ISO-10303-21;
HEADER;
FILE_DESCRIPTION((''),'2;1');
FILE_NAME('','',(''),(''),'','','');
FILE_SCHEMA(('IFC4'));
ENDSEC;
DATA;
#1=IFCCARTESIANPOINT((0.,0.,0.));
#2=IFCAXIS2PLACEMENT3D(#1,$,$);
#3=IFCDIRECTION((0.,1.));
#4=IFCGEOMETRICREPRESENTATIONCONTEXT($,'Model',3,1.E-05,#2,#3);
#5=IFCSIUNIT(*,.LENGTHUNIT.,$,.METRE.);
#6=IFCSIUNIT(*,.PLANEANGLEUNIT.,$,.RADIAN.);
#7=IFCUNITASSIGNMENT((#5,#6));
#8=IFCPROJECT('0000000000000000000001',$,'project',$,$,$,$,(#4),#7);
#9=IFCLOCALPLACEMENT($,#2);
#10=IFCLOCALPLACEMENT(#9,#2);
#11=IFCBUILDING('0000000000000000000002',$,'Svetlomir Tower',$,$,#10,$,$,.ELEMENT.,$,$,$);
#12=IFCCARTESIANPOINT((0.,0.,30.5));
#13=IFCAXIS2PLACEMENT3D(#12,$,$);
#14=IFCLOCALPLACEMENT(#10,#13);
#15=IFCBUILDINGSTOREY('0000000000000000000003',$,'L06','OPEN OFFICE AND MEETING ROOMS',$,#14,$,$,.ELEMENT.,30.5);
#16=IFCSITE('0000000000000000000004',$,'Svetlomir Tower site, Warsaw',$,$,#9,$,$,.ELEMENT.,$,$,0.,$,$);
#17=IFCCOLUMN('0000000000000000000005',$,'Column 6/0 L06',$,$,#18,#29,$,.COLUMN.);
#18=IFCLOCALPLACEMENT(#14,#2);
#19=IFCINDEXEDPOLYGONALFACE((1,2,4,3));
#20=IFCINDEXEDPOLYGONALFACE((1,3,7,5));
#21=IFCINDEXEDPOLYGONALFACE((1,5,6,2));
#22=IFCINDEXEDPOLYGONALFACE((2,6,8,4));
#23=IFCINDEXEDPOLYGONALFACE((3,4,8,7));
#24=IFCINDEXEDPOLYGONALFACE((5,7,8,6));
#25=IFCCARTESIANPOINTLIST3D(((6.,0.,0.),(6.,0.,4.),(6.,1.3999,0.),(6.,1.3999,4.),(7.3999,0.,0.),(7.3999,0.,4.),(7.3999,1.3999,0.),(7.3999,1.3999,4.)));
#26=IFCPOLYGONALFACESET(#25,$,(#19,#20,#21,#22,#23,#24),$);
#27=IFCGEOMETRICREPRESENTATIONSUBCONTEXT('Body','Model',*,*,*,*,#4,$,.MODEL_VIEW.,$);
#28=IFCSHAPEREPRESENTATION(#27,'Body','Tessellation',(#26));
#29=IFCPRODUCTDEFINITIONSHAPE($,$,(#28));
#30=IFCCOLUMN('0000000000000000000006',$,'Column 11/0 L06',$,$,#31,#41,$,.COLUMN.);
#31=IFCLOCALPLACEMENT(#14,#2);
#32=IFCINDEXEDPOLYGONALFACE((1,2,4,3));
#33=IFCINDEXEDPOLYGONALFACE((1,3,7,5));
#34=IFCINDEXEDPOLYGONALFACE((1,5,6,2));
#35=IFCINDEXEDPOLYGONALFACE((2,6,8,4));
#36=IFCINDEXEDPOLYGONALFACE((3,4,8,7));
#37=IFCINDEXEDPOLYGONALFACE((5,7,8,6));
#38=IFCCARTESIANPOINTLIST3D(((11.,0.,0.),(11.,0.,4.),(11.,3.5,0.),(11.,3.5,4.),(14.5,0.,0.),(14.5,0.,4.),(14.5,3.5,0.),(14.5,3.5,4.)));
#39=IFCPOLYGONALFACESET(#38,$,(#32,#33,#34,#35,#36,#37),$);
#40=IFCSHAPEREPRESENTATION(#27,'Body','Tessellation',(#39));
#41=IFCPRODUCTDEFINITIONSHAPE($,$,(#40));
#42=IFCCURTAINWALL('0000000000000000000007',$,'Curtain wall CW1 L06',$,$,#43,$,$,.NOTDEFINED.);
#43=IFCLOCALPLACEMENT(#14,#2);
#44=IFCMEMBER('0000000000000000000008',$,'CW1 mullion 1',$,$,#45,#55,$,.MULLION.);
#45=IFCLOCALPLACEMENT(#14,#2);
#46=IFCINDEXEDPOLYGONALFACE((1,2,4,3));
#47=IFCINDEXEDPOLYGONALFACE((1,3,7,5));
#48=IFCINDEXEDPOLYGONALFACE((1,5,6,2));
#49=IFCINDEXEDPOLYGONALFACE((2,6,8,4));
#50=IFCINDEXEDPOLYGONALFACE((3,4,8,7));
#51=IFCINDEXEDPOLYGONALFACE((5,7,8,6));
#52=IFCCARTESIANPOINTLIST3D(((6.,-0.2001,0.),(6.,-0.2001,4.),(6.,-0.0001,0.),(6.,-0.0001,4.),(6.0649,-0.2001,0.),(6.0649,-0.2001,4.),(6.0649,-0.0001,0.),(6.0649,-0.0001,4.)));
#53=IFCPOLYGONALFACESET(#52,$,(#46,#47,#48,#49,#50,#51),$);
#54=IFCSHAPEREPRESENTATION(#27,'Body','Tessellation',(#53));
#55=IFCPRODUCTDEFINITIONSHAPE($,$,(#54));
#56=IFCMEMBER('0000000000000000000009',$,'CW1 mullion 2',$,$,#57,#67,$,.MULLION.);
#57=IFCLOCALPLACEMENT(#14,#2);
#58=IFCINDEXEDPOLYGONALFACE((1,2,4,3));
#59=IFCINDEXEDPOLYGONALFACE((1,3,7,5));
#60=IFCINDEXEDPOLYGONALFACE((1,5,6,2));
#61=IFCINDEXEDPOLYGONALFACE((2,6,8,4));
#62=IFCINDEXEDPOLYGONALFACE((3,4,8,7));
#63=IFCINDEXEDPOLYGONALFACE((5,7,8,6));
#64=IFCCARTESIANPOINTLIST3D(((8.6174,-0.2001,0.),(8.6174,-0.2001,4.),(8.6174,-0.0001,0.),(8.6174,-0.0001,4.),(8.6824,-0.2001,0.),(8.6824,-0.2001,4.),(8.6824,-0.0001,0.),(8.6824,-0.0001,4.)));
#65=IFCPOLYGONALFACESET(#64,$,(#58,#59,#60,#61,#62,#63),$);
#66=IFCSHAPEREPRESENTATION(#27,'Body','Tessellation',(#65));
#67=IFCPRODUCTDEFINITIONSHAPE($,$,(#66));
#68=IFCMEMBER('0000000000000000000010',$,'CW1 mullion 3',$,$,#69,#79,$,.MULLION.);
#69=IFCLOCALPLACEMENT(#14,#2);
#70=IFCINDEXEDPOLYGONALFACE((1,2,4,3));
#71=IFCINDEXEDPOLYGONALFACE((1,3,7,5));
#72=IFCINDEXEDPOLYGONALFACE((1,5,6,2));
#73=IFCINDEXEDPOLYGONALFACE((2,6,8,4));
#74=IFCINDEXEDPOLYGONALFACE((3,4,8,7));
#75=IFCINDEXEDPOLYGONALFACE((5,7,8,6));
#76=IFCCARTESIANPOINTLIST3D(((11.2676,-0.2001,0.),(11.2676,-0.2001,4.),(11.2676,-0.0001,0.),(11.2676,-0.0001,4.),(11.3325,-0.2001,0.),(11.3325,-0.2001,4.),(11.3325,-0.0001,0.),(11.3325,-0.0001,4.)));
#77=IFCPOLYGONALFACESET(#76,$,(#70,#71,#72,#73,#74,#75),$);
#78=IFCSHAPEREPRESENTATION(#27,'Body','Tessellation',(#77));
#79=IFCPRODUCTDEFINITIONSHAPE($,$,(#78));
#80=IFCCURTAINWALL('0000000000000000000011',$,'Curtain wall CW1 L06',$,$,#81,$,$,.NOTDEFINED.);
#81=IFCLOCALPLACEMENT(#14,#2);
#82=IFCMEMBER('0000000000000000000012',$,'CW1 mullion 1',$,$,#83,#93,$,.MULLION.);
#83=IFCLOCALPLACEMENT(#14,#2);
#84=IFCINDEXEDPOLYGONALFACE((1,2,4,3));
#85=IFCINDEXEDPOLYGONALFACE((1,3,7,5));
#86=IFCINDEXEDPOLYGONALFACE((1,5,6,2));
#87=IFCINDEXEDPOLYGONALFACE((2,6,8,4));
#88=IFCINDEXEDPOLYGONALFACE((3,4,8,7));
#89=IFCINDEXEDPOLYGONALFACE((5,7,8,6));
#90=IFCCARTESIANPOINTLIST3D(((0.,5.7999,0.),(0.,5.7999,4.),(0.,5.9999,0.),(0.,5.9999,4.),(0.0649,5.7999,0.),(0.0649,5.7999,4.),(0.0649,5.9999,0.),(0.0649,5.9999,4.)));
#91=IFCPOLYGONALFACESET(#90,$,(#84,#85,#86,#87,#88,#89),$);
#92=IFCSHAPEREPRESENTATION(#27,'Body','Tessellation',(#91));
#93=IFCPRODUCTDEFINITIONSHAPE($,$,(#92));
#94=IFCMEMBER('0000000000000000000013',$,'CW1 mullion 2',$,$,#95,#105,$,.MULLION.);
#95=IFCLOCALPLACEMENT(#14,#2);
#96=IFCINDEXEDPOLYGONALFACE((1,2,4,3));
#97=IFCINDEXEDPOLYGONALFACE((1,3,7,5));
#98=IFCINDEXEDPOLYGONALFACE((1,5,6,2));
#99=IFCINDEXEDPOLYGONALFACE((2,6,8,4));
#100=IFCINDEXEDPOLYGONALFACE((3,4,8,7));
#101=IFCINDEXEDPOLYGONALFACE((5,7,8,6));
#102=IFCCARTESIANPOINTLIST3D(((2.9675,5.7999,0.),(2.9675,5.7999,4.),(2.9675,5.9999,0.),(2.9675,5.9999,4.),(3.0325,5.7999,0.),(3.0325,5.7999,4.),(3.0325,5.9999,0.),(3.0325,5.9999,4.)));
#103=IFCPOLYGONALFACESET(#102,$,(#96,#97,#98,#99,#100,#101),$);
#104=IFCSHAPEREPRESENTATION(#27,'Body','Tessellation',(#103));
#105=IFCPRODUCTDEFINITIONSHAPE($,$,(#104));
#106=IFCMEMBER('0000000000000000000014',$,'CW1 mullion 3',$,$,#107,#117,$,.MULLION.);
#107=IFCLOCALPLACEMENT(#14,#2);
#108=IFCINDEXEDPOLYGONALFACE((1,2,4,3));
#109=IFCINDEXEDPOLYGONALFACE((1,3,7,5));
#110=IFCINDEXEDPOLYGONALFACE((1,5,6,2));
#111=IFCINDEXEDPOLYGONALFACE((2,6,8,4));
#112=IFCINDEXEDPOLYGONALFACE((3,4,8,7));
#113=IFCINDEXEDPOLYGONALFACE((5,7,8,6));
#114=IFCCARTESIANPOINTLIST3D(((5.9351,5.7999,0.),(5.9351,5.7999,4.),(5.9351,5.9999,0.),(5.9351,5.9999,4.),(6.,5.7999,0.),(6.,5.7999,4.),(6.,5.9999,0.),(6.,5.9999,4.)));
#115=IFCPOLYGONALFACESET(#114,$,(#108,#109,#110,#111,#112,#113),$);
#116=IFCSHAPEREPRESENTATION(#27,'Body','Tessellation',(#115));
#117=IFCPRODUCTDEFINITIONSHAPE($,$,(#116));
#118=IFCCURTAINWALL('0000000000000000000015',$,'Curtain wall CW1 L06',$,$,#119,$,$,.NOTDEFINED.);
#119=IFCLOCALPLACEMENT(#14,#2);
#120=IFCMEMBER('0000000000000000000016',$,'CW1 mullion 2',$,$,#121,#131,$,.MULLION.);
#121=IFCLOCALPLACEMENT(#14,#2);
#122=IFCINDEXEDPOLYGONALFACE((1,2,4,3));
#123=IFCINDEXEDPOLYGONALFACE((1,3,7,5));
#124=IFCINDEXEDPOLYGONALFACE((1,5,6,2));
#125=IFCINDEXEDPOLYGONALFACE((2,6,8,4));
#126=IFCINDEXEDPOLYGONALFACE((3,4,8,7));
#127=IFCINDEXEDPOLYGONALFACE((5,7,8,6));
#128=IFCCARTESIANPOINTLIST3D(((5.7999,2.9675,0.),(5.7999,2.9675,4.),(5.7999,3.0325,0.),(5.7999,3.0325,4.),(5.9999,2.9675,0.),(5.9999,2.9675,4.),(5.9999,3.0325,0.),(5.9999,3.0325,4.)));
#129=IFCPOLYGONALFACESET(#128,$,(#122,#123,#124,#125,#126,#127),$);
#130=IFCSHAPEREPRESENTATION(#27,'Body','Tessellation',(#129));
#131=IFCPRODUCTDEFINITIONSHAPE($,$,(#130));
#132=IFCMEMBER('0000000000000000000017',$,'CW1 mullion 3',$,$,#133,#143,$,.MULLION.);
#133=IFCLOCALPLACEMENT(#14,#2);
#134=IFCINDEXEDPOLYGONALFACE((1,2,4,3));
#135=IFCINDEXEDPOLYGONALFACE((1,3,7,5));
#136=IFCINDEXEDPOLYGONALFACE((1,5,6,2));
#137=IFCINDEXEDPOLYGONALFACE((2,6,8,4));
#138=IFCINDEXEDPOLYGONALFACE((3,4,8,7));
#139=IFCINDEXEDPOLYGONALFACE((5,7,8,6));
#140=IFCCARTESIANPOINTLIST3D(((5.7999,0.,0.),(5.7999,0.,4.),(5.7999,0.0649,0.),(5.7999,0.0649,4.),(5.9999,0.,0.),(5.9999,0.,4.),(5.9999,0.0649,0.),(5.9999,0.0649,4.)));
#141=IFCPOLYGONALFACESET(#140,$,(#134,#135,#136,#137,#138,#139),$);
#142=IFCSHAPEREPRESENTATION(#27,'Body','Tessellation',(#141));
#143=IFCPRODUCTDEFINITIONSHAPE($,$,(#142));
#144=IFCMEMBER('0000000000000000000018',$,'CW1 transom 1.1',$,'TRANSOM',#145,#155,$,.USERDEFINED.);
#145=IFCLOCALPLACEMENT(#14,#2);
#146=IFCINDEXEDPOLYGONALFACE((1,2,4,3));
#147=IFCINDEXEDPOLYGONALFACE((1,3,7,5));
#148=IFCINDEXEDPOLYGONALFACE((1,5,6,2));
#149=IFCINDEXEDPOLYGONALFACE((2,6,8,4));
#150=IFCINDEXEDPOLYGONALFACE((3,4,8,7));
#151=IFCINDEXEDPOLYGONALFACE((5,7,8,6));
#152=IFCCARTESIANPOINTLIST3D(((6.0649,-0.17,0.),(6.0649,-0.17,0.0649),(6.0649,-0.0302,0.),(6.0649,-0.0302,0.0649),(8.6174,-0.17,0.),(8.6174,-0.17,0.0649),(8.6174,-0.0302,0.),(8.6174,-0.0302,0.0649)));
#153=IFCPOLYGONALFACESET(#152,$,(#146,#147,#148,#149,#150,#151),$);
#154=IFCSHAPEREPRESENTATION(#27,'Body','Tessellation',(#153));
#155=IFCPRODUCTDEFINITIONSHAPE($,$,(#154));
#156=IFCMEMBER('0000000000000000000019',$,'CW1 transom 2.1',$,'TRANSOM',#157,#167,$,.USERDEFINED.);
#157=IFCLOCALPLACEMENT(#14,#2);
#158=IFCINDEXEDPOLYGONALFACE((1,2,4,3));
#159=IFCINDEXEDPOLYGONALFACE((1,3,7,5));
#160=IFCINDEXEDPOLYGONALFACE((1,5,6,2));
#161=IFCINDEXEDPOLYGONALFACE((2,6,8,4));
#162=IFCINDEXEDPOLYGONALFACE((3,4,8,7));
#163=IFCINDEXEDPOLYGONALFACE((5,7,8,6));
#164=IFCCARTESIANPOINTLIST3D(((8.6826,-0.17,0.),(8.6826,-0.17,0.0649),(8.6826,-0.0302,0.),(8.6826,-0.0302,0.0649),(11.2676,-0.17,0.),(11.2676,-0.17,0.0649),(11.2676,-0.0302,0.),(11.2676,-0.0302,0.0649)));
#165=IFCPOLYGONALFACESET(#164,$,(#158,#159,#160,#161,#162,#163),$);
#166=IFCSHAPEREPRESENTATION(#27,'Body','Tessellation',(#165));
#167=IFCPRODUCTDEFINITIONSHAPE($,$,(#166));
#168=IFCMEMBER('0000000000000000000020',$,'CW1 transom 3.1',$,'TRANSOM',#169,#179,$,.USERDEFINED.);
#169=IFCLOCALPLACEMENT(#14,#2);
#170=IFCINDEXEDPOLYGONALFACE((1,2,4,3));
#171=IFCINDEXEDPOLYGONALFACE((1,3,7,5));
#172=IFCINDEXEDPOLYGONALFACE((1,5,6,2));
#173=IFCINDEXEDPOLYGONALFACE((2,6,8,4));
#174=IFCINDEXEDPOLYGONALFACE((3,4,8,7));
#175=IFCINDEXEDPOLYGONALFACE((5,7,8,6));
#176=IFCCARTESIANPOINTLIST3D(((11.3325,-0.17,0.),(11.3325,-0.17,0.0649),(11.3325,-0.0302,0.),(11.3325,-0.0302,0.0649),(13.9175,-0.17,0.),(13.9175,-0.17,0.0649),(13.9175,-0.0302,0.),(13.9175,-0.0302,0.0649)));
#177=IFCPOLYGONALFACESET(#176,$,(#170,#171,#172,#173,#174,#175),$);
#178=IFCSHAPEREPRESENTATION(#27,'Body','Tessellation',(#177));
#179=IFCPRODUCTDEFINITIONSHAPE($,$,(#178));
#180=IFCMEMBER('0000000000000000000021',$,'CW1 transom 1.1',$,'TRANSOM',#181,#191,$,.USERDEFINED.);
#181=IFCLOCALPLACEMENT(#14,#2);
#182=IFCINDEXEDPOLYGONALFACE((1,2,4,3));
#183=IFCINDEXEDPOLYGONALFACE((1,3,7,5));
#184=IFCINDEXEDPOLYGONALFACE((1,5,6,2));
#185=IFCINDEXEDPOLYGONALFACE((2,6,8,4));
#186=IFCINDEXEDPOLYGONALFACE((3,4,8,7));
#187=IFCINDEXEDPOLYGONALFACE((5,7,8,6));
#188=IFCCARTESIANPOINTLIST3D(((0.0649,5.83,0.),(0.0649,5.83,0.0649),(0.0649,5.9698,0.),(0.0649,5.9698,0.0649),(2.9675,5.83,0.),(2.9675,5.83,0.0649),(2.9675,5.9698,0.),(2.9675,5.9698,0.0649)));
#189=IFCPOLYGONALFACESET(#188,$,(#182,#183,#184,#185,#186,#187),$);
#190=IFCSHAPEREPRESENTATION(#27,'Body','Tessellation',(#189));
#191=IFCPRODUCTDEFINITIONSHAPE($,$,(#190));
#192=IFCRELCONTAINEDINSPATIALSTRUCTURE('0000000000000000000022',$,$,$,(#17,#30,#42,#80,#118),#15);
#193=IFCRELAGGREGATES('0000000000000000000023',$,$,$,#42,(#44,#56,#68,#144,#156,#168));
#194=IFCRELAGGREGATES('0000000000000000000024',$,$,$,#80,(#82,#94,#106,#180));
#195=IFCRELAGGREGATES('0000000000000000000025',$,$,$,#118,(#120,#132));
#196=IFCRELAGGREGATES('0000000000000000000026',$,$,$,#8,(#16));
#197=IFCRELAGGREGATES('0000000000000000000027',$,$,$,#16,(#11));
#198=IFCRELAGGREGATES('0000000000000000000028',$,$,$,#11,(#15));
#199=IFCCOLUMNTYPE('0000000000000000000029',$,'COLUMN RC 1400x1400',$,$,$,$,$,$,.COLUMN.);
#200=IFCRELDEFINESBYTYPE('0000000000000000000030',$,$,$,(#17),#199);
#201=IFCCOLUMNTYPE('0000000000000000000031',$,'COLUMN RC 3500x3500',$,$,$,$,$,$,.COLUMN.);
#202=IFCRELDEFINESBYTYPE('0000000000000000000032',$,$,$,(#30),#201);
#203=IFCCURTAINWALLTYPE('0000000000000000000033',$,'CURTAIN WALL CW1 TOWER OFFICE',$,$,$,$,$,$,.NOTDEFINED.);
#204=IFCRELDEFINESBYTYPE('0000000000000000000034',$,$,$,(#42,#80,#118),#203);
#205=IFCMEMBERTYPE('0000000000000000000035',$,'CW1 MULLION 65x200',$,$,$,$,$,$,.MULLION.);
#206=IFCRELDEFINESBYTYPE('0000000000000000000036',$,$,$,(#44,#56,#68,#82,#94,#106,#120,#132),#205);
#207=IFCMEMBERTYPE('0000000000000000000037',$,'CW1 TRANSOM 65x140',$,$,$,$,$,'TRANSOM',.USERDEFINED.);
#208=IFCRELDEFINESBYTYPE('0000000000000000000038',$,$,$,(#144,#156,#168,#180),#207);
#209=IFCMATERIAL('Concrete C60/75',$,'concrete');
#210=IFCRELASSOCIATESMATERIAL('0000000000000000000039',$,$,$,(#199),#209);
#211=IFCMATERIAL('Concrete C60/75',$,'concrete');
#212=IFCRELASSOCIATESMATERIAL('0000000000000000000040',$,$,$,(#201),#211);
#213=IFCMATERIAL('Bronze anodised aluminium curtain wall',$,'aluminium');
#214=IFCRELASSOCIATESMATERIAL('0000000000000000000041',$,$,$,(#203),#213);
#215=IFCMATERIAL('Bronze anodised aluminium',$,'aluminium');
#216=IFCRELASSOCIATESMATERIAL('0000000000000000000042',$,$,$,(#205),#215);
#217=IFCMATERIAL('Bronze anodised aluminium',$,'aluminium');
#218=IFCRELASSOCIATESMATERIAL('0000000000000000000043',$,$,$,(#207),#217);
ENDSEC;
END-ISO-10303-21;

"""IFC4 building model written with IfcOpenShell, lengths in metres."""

from ifc_helpers import new_model, si_unit, direction, frame, origin, origin_2d, place, context, subcontext, project, spatial, rectangle, extrude, material, material_profile, profile_set, type_object, element, aggregate, save


model = new_model("IFC4")

# Units and contexts
model_context = context("Model", 3, precision=1e-05, world=origin(), true_north=direction((0.0, 1.0)))
body_context = subcontext(model_context, "Body", "Model", "MODEL_VIEW")
ifc_project = project(units=[si_unit("LENGTHUNIT", "METRE"), si_unit("PLANEANGLEUNIT", "RADIAN")], contexts=[model_context])

# Site, building, storey
site_placement = place(None, origin())
site = spatial("IfcSite", under=ifc_project, at=site_placement, Name="Svetlomir Tower site, Warsaw", CompositionType="ELEMENT", RefElevation=0.0)
building_placement = place(site_placement, origin())
building = spatial("IfcBuilding", under=site, at=building_placement, Name="Svetlomir Tower", CompositionType="ELEMENT")
storey_placement = place(building_placement, frame((0.0, 0.0, 30.5)))
storey = spatial("IfcBuildingStorey", under=building, at=storey_placement, Name="L06", Description="OPEN OFFICE AND MEETING ROOMS", CompositionType="ELEMENT", Elevation=30.5)

# Columns
ifc_material_1 = material(Name="Concrete C60/75", Category="concrete")
ifc_material_profile_1 = material_profile(ifc_material_1, rectangle(XDim=1.3999, YDim=1.3999, at=origin_2d()), Name="RC 1400x1400")
ifc_profile_set_1 = profile_set([ifc_material_profile_1], Name="Concrete C60/75")
column_type_1 = type_object("IfcColumnType", Name="COLUMN RC 1400x1400", PredefinedType="COLUMN", material=ifc_profile_set_1)
column_1_placement = place(storey_placement, frame((6.7, 0.7, 0.0), z_axis=(0.0, 0.0, 1.0), x_axis=(1.0, 0.0, 0.0)))
element("IfcColumn", 1, at=column_1_placement, inside=storey, type_object=column_type_1, Name="Column 6/0 L06", PredefinedType="COLUMN", context=body_context, shape_type="SweptSolid", body=[
    extrude(rectangle(XDim=1.3999, YDim=1.3999, at=origin_2d()), origin(), (0.0, 0.0, 1.0), 4.0),
])
ifc_material_2 = material(Name="Concrete C60/75", Category="concrete")
ifc_material_profile_2 = material_profile(ifc_material_2, rectangle(XDim=3.5, YDim=3.5, at=origin_2d()), Name="RC 3500x3500")
ifc_profile_set_2 = profile_set([ifc_material_profile_2], Name="Concrete C60/75")
column_type_2 = type_object("IfcColumnType", Name="COLUMN RC 3500x3500", PredefinedType="COLUMN", material=ifc_profile_set_2)
column_2_placement = place(storey_placement, frame((12.75, 1.75, 0.0), z_axis=(0.0, 0.0, 1.0), x_axis=(1.0, 0.0, 0.0)))
element("IfcColumn", 2, at=column_2_placement, inside=storey, type_object=column_type_2, Name="Column 11/0 L06", PredefinedType="COLUMN", context=body_context, shape_type="SweptSolid", body=[
    extrude(rectangle(XDim=3.5, YDim=3.5, at=origin_2d()), origin(), (0.0, 0.0, 1.0), 4.0),
])

# Curtain walls, members
ifc_material_3 = material(Name="Bronze anodised aluminium curtain wall", Category="aluminium")
curtain_wall_type = type_object("IfcCurtainWallType", Name="CURTAIN WALL CW1 TOWER OFFICE", PredefinedType="NOTDEFINED", material=ifc_material_3)
curtain_wall_1_placement = place(storey_placement, origin())
curtain_wall_1 = element("IfcCurtainWall", 3, at=curtain_wall_1_placement, inside=storey, type_object=curtain_wall_type, Name="Curtain wall CW1 L06", PredefinedType="NOTDEFINED")
ifc_material_4 = material(Name="Bronze anodised aluminium", Category="aluminium")
ifc_material_profile_3 = material_profile(ifc_material_4, rectangle(XDim=0.0649, YDim=0.2, at=origin_2d()), Name="AL 65x200")
ifc_profile_set_3 = profile_set([ifc_material_profile_3], Name="Bronze anodised aluminium 6063-T6")
member_type_1 = type_object("IfcMemberType", Name="CW1 MULLION 65x200", PredefinedType="MULLION", material=ifc_profile_set_3)
member_1_placement = place(storey_placement, frame((6.0325, -0.1001, 0.0), z_axis=(0.0, 0.0, 1.0), x_axis=(1.0, 0.0, 0.0)))
member_1 = element("IfcMember", 4, at=member_1_placement, type_object=member_type_1, Name="CW1 mullion 1", PredefinedType="MULLION", context=body_context, shape_type="SweptSolid", body=[
    extrude(rectangle(XDim=0.0649, YDim=0.2, at=origin_2d()), origin(), (0.0, 0.0, 1.0), 4.0),
])
member_2_placement = place(storey_placement, frame((8.6499, -0.1001, 0.0), z_axis=(0.0, 0.0, 1.0), x_axis=(1.0, 0.0, 0.0)))
member_2 = element("IfcMember", 5, at=member_2_placement, type_object=member_type_1, Name="CW1 mullion 2", PredefinedType="MULLION", context=body_context, shape_type="SweptSolid", body=[
    extrude(rectangle(XDim=0.0649, YDim=0.2, at=origin_2d()), origin(), (0.0, 0.0, 1.0), 4.0),
])
member_3_placement = place(storey_placement, frame((11.3, -0.1001, 0.0), z_axis=(0.0, 0.0, 1.0), x_axis=(1.0, 0.0, 0.0)))
member_3 = element("IfcMember", 6, at=member_3_placement, type_object=member_type_1, Name="CW1 mullion 3", PredefinedType="MULLION", context=body_context, shape_type="SweptSolid", body=[
    extrude(rectangle(XDim=0.0649, YDim=0.2, at=origin_2d()), origin(), (0.0, 0.0, 1.0), 4.0),
])
curtain_wall_2_placement = place(storey_placement, origin())
curtain_wall_2 = element("IfcCurtainWall", 7, at=curtain_wall_2_placement, inside=storey, type_object=curtain_wall_type, Name="Curtain wall CW1 L06", PredefinedType="NOTDEFINED")
member_4_placement = place(storey_placement, frame((0.0325, 5.8999, 0.0), z_axis=(0.0, 0.0, 1.0), x_axis=(1.0, 0.0, 0.0)))
member_4 = element("IfcMember", 8, at=member_4_placement, type_object=member_type_1, Name="CW1 mullion 1", PredefinedType="MULLION", context=body_context, shape_type="SweptSolid", body=[
    extrude(rectangle(XDim=0.0649, YDim=0.2, at=origin_2d()), origin(), (0.0, 0.0, 1.0), 4.0),
])
member_5_placement = place(storey_placement, frame((3.0, 5.8999, 0.0), z_axis=(0.0, 0.0, 1.0), x_axis=(1.0, 0.0, 0.0)))
member_5 = element("IfcMember", 9, at=member_5_placement, type_object=member_type_1, Name="CW1 mullion 2", PredefinedType="MULLION", context=body_context, shape_type="SweptSolid", body=[
    extrude(rectangle(XDim=0.0649, YDim=0.2, at=origin_2d()), origin(), (0.0, 0.0, 1.0), 4.0),
])
member_6_placement = place(storey_placement, frame((5.9675, 5.8999, 0.0), z_axis=(0.0, 0.0, 1.0), x_axis=(1.0, 0.0, 0.0)))
member_6 = element("IfcMember", 10, at=member_6_placement, type_object=member_type_1, Name="CW1 mullion 3", PredefinedType="MULLION", context=body_context, shape_type="SweptSolid", body=[
    extrude(rectangle(XDim=0.0649, YDim=0.2, at=origin_2d()), origin(), (0.0, 0.0, 1.0), 4.0),
])
curtain_wall_3_placement = place(storey_placement, origin())
curtain_wall_3 = element("IfcCurtainWall", 11, at=curtain_wall_3_placement, inside=storey, type_object=curtain_wall_type, Name="Curtain wall CW1 L06", PredefinedType="NOTDEFINED")
member_7_placement = place(storey_placement, frame((5.8999, 3.0, 0.0), z_axis=(0.0, 0.0, 1.0), x_axis=(0.0, -1.0, 0.0)))
member_7 = element("IfcMember", 12, at=member_7_placement, type_object=member_type_1, Name="CW1 mullion 2", PredefinedType="MULLION", context=body_context, shape_type="SweptSolid", body=[
    extrude(rectangle(XDim=0.0649, YDim=0.2, at=origin_2d()), origin(), (0.0, 0.0, 1.0), 4.0),
])
member_8_placement = place(storey_placement, frame((5.8999, 0.0325, 0.0), z_axis=(0.0, 0.0, 1.0), x_axis=(0.0, -1.0, 0.0)))
member_8 = element("IfcMember", 13, at=member_8_placement, type_object=member_type_1, Name="CW1 mullion 3", PredefinedType="MULLION", context=body_context, shape_type="SweptSolid", body=[
    extrude(rectangle(XDim=0.0649, YDim=0.2, at=origin_2d()), origin(), (0.0, 0.0, 1.0), 4.0),
])

# Members
ifc_material_5 = material(Name="Bronze anodised aluminium", Category="aluminium")
ifc_material_profile_4 = material_profile(ifc_material_5, rectangle(XDim=0.1399, YDim=0.0649, at=origin_2d()), Name="AL 140x65")
ifc_profile_set_4 = profile_set([ifc_material_profile_4], Name="Bronze anodised aluminium 6063-T6")
member_type_2 = type_object("IfcMemberType", Name="CW1 TRANSOM 65x140", ElementType="TRANSOM", PredefinedType="USERDEFINED", material=ifc_profile_set_4)
member_9_placement = place(storey_placement, frame((6.0649, -0.1001, 0.0325), z_axis=(1.0, 0.0, 0.0), x_axis=(0.0, 1.0, 0.0)))
member_9 = element("IfcMember", 14, at=member_9_placement, type_object=member_type_2, Name="CW1 transom 1.1", ObjectType="TRANSOM", PredefinedType="USERDEFINED", context=body_context, shape_type="SweptSolid", body=[
    extrude(rectangle(XDim=0.1399, YDim=0.0649, at=origin_2d()), origin(), (0.0, 0.0, 1.0), 2.5525),
])
member_10_placement = place(storey_placement, frame((8.6826, -0.1001, 0.0325), z_axis=(1.0, 0.0, 0.0), x_axis=(0.0, 1.0, 0.0)))
member_10 = element("IfcMember", 15, at=member_10_placement, type_object=member_type_2, Name="CW1 transom 2.1", ObjectType="TRANSOM", PredefinedType="USERDEFINED", context=body_context, shape_type="SweptSolid", body=[
    extrude(rectangle(XDim=0.1399, YDim=0.0649, at=origin_2d()), origin(), (0.0, 0.0, 1.0), 2.585),
])
member_11_placement = place(storey_placement, frame((11.3325, -0.1001, 0.0325), z_axis=(1.0, 0.0, 0.0), x_axis=(0.0, 1.0, 0.0)))
member_11 = element("IfcMember", 16, at=member_11_placement, type_object=member_type_2, Name="CW1 transom 3.1", ObjectType="TRANSOM", PredefinedType="USERDEFINED", context=body_context, shape_type="SweptSolid", body=[
    extrude(rectangle(XDim=0.1399, YDim=0.0649, at=origin_2d()), origin(), (0.0, 0.0, 1.0), 2.585),
])
member_12_placement = place(storey_placement, frame((0.0649, 5.8999, 0.0325), z_axis=(1.0, 0.0, 0.0), x_axis=(0.0, 1.0, 0.0)))
member_12 = element("IfcMember", 17, at=member_12_placement, type_object=member_type_2, Name="CW1 transom 1.1", ObjectType="TRANSOM", PredefinedType="USERDEFINED", context=body_context, shape_type="SweptSolid", body=[
    extrude(rectangle(XDim=0.1399, YDim=0.0649, at=origin_2d()), origin(), (0.0, 0.0, 1.0), 2.9026),
])

aggregate(curtain_wall_1, [member_1, member_2, member_3, member_9, member_10, member_11])
aggregate(curtain_wall_2, [member_4, member_5, member_6, member_12])
aggregate(curtain_wall_3, [member_7, member_8])

save(model, "model.ifc")
